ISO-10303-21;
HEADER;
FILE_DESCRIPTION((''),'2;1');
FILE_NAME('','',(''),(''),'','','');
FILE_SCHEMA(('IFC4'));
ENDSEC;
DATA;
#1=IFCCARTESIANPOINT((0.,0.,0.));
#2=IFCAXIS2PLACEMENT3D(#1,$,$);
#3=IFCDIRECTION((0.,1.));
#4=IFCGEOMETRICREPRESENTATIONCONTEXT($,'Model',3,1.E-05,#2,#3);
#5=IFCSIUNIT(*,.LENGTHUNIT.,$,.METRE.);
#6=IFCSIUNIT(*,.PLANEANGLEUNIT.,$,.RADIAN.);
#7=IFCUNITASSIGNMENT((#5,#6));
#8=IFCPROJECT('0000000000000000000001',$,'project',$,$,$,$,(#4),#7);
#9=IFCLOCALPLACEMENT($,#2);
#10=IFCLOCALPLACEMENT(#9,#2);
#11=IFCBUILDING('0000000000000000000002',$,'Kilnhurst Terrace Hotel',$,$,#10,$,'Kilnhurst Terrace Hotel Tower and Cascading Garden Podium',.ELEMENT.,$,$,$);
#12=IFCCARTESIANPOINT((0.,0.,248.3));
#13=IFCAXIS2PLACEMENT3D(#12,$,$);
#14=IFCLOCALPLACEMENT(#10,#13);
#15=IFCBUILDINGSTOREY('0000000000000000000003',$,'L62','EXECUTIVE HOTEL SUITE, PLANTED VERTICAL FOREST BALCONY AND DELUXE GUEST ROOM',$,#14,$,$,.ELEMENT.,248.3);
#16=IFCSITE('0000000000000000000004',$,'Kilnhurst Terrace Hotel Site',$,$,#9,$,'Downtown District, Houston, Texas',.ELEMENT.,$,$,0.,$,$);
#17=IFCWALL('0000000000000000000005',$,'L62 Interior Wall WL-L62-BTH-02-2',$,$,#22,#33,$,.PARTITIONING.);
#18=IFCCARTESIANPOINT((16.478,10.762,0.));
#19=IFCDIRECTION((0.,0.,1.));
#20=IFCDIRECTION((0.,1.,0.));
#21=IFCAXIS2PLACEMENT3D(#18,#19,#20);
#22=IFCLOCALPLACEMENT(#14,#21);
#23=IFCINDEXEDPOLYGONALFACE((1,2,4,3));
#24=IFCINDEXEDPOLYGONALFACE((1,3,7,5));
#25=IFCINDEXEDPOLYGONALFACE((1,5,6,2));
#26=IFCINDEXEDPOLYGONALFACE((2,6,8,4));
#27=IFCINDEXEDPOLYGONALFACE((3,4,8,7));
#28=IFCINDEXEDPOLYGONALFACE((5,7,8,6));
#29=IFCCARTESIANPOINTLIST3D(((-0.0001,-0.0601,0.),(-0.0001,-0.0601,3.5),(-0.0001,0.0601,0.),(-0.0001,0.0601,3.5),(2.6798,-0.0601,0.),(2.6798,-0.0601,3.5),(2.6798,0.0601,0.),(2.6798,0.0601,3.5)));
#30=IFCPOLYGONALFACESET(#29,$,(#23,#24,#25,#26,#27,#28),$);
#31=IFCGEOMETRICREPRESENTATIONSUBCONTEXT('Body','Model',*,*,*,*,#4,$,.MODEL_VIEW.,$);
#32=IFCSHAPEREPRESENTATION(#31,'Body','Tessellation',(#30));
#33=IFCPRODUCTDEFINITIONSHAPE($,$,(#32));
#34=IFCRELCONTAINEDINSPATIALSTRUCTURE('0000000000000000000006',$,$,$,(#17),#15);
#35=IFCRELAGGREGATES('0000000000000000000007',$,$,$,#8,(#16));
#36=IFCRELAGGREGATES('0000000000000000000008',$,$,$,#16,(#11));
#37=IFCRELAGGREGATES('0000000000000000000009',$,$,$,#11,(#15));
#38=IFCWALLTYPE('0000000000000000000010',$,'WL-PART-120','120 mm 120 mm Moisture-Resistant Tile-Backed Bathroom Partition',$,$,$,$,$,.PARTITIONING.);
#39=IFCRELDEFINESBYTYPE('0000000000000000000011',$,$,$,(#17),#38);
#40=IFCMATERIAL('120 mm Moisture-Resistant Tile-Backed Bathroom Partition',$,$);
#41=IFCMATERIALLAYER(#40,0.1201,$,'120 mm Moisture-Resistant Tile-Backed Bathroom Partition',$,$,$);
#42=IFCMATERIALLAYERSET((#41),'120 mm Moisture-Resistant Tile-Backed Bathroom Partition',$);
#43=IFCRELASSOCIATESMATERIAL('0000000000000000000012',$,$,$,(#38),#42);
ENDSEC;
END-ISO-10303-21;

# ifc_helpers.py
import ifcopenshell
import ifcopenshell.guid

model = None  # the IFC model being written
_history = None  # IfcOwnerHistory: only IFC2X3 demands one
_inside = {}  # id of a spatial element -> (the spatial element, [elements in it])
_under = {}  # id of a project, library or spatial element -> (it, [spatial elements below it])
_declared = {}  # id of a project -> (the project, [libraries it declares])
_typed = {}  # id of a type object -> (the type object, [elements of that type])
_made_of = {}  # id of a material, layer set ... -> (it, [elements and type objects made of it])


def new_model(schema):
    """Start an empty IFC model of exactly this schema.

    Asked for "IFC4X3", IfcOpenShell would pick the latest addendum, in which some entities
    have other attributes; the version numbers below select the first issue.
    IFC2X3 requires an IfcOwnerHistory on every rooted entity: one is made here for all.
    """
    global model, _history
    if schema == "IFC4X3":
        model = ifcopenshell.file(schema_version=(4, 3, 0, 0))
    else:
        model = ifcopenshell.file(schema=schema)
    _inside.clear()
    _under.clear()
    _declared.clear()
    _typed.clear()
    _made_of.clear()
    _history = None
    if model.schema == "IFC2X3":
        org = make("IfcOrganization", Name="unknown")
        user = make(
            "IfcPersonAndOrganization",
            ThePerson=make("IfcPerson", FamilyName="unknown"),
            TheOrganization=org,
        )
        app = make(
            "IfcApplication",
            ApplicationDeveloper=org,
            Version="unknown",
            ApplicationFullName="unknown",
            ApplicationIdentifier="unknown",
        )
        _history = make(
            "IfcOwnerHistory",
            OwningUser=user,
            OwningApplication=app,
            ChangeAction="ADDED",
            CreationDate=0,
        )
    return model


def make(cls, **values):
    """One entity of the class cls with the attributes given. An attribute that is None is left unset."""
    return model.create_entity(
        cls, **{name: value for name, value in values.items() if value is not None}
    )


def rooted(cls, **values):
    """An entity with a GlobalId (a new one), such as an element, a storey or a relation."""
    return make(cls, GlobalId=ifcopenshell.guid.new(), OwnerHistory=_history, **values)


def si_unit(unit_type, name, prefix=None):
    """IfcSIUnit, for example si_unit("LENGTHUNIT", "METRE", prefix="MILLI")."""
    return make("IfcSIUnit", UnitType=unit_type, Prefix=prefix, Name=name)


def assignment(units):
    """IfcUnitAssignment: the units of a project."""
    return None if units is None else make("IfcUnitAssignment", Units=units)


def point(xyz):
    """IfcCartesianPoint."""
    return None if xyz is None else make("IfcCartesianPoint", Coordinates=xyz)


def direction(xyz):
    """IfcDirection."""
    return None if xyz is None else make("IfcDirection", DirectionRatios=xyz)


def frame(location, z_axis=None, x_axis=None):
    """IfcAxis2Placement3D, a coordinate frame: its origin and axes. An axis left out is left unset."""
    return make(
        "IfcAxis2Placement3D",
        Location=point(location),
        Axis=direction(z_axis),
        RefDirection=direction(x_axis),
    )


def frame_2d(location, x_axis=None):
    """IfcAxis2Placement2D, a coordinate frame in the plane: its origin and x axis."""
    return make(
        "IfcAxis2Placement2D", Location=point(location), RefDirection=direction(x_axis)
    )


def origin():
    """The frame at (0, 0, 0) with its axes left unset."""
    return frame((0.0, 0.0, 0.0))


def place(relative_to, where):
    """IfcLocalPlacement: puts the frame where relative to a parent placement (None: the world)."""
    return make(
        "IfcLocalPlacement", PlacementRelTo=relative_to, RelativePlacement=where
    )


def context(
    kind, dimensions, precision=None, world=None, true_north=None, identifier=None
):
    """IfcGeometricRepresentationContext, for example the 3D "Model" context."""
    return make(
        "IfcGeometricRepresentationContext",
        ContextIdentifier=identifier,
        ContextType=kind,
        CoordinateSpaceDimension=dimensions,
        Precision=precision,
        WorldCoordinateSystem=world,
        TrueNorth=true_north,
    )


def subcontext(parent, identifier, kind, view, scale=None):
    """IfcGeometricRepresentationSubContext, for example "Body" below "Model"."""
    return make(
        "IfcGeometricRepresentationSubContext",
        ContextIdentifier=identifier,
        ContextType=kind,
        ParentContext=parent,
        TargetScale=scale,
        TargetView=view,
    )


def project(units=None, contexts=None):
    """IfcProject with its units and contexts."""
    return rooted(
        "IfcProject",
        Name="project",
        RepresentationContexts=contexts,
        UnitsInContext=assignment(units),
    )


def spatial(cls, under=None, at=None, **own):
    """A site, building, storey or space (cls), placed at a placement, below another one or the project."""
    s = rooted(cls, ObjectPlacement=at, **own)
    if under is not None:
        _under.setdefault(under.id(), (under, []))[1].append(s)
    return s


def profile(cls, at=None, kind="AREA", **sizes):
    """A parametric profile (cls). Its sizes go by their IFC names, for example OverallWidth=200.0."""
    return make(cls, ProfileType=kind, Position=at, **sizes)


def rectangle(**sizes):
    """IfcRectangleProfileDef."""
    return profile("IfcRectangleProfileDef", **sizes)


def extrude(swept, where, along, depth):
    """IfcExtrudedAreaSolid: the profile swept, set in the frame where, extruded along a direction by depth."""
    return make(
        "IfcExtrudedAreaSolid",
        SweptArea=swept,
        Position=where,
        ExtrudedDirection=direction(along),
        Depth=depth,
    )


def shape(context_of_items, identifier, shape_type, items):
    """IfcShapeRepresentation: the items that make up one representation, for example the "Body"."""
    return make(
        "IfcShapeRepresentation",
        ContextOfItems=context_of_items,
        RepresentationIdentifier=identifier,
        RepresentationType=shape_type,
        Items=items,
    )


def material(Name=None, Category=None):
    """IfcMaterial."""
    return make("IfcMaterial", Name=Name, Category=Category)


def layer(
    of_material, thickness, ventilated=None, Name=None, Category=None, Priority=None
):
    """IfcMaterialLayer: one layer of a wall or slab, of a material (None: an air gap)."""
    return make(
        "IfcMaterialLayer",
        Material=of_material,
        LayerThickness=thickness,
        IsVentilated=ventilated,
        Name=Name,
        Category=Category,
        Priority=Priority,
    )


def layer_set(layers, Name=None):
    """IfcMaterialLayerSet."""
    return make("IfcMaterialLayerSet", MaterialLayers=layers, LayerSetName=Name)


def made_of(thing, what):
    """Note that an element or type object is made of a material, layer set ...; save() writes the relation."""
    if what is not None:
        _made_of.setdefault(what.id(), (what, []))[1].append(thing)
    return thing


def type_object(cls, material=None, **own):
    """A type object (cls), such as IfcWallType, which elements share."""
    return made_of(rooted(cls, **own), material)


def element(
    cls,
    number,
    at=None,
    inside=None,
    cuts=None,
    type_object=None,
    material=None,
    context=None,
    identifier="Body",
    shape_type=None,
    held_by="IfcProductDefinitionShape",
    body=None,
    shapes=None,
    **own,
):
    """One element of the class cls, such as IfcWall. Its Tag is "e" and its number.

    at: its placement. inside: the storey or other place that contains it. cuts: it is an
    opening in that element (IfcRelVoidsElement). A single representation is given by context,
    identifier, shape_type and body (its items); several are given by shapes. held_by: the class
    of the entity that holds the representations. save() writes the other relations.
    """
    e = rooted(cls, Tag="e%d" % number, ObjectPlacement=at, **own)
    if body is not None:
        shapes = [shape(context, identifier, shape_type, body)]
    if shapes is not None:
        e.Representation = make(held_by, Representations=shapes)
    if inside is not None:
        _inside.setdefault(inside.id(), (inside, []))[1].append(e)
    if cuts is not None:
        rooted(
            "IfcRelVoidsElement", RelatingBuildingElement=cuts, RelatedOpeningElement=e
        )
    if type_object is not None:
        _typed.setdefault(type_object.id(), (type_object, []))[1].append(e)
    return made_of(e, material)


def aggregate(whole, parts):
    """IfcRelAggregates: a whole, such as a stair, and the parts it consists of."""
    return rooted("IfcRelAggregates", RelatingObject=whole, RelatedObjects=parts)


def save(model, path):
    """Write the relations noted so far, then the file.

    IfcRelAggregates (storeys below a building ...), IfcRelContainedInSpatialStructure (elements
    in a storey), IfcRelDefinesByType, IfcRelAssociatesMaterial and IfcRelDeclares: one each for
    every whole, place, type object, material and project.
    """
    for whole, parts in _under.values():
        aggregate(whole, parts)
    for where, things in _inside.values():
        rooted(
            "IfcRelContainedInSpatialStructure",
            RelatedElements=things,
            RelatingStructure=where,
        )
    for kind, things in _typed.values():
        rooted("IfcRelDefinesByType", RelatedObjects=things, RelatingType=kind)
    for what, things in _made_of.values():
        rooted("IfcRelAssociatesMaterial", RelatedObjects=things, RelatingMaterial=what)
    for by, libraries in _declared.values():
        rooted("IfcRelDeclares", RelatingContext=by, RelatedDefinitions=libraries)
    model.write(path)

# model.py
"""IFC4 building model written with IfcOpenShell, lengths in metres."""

from ifc_helpers import new_model, si_unit, direction, frame, frame_2d, origin, place, context, subcontext, project, spatial, rectangle, extrude, material, layer, layer_set, type_object, element, save


model = new_model("IFC4")

# Units and contexts
model_context = context("Model", 3, precision=1e-05, world=origin(), true_north=direction((0.0, 1.0)))
body_context = subcontext(model_context, "Body", "Model", "MODEL_VIEW")
ifc_project = project(units=[si_unit("LENGTHUNIT", "METRE"), si_unit("PLANEANGLEUNIT", "RADIAN")], contexts=[model_context])

# Site, building, storey
site_placement = place(None, origin())
site = spatial("IfcSite", under=ifc_project, at=site_placement, Name="Kilnhurst Terrace Hotel Site", LongName="Downtown District, Houston, Texas", CompositionType="ELEMENT", RefElevation=0.0)
building_placement = place(site_placement, origin())
building = spatial("IfcBuilding", under=site, at=building_placement, Name="Kilnhurst Terrace Hotel", LongName="Kilnhurst Terrace Hotel Tower and Cascading Garden Podium", CompositionType="ELEMENT")
storey_placement = place(building_placement, frame((0.0, 0.0, 248.3)))
storey = spatial("IfcBuildingStorey", under=building, at=storey_placement, Name="L62", Description="EXECUTIVE HOTEL SUITE, PLANTED VERTICAL FOREST BALCONY AND DELUXE GUEST ROOM", CompositionType="ELEMENT", Elevation=248.3)

# Shared definitions
ifc_material_1 = material(Name="120 mm Moisture-Resistant Tile-Backed Bathroom Partition")
ifc_layer_1 = layer(ifc_material_1, 0.1201, Name="120 mm Moisture-Resistant Tile-Backed Bathroom Partition")
ifc_layer_set_1 = layer_set([ifc_layer_1], Name="120 mm Moisture-Resistant Tile-Backed Bathroom Partition")
wall_type_1 = type_object("IfcWallType", Name="WL-PART-120", Description="120 mm 120 mm Moisture-Resistant Tile-Backed Bathroom Partition", PredefinedType="PARTITIONING", material=ifc_layer_set_1)

# Wall
wall_1_placement = place(storey_placement, frame((16.478, 10.762, 0.0), z_axis=(0.0, 0.0, 1.0), x_axis=(0.0, 1.0, 0.0)))
element("IfcWall", 1, at=wall_1_placement, inside=storey, type_object=wall_type_1, Name="L62 Interior Wall WL-L62-BTH-02-2", PredefinedType="PARTITIONING", context=body_context, shape_type="SweptSolid", body=[
    extrude(rectangle(XDim=2.6799, YDim=0.1201, at=frame_2d((1.3398, 0.0))), origin(), (0.0, 0.0, 1.0), 3.5),
])

save(model, "model.ifc")
